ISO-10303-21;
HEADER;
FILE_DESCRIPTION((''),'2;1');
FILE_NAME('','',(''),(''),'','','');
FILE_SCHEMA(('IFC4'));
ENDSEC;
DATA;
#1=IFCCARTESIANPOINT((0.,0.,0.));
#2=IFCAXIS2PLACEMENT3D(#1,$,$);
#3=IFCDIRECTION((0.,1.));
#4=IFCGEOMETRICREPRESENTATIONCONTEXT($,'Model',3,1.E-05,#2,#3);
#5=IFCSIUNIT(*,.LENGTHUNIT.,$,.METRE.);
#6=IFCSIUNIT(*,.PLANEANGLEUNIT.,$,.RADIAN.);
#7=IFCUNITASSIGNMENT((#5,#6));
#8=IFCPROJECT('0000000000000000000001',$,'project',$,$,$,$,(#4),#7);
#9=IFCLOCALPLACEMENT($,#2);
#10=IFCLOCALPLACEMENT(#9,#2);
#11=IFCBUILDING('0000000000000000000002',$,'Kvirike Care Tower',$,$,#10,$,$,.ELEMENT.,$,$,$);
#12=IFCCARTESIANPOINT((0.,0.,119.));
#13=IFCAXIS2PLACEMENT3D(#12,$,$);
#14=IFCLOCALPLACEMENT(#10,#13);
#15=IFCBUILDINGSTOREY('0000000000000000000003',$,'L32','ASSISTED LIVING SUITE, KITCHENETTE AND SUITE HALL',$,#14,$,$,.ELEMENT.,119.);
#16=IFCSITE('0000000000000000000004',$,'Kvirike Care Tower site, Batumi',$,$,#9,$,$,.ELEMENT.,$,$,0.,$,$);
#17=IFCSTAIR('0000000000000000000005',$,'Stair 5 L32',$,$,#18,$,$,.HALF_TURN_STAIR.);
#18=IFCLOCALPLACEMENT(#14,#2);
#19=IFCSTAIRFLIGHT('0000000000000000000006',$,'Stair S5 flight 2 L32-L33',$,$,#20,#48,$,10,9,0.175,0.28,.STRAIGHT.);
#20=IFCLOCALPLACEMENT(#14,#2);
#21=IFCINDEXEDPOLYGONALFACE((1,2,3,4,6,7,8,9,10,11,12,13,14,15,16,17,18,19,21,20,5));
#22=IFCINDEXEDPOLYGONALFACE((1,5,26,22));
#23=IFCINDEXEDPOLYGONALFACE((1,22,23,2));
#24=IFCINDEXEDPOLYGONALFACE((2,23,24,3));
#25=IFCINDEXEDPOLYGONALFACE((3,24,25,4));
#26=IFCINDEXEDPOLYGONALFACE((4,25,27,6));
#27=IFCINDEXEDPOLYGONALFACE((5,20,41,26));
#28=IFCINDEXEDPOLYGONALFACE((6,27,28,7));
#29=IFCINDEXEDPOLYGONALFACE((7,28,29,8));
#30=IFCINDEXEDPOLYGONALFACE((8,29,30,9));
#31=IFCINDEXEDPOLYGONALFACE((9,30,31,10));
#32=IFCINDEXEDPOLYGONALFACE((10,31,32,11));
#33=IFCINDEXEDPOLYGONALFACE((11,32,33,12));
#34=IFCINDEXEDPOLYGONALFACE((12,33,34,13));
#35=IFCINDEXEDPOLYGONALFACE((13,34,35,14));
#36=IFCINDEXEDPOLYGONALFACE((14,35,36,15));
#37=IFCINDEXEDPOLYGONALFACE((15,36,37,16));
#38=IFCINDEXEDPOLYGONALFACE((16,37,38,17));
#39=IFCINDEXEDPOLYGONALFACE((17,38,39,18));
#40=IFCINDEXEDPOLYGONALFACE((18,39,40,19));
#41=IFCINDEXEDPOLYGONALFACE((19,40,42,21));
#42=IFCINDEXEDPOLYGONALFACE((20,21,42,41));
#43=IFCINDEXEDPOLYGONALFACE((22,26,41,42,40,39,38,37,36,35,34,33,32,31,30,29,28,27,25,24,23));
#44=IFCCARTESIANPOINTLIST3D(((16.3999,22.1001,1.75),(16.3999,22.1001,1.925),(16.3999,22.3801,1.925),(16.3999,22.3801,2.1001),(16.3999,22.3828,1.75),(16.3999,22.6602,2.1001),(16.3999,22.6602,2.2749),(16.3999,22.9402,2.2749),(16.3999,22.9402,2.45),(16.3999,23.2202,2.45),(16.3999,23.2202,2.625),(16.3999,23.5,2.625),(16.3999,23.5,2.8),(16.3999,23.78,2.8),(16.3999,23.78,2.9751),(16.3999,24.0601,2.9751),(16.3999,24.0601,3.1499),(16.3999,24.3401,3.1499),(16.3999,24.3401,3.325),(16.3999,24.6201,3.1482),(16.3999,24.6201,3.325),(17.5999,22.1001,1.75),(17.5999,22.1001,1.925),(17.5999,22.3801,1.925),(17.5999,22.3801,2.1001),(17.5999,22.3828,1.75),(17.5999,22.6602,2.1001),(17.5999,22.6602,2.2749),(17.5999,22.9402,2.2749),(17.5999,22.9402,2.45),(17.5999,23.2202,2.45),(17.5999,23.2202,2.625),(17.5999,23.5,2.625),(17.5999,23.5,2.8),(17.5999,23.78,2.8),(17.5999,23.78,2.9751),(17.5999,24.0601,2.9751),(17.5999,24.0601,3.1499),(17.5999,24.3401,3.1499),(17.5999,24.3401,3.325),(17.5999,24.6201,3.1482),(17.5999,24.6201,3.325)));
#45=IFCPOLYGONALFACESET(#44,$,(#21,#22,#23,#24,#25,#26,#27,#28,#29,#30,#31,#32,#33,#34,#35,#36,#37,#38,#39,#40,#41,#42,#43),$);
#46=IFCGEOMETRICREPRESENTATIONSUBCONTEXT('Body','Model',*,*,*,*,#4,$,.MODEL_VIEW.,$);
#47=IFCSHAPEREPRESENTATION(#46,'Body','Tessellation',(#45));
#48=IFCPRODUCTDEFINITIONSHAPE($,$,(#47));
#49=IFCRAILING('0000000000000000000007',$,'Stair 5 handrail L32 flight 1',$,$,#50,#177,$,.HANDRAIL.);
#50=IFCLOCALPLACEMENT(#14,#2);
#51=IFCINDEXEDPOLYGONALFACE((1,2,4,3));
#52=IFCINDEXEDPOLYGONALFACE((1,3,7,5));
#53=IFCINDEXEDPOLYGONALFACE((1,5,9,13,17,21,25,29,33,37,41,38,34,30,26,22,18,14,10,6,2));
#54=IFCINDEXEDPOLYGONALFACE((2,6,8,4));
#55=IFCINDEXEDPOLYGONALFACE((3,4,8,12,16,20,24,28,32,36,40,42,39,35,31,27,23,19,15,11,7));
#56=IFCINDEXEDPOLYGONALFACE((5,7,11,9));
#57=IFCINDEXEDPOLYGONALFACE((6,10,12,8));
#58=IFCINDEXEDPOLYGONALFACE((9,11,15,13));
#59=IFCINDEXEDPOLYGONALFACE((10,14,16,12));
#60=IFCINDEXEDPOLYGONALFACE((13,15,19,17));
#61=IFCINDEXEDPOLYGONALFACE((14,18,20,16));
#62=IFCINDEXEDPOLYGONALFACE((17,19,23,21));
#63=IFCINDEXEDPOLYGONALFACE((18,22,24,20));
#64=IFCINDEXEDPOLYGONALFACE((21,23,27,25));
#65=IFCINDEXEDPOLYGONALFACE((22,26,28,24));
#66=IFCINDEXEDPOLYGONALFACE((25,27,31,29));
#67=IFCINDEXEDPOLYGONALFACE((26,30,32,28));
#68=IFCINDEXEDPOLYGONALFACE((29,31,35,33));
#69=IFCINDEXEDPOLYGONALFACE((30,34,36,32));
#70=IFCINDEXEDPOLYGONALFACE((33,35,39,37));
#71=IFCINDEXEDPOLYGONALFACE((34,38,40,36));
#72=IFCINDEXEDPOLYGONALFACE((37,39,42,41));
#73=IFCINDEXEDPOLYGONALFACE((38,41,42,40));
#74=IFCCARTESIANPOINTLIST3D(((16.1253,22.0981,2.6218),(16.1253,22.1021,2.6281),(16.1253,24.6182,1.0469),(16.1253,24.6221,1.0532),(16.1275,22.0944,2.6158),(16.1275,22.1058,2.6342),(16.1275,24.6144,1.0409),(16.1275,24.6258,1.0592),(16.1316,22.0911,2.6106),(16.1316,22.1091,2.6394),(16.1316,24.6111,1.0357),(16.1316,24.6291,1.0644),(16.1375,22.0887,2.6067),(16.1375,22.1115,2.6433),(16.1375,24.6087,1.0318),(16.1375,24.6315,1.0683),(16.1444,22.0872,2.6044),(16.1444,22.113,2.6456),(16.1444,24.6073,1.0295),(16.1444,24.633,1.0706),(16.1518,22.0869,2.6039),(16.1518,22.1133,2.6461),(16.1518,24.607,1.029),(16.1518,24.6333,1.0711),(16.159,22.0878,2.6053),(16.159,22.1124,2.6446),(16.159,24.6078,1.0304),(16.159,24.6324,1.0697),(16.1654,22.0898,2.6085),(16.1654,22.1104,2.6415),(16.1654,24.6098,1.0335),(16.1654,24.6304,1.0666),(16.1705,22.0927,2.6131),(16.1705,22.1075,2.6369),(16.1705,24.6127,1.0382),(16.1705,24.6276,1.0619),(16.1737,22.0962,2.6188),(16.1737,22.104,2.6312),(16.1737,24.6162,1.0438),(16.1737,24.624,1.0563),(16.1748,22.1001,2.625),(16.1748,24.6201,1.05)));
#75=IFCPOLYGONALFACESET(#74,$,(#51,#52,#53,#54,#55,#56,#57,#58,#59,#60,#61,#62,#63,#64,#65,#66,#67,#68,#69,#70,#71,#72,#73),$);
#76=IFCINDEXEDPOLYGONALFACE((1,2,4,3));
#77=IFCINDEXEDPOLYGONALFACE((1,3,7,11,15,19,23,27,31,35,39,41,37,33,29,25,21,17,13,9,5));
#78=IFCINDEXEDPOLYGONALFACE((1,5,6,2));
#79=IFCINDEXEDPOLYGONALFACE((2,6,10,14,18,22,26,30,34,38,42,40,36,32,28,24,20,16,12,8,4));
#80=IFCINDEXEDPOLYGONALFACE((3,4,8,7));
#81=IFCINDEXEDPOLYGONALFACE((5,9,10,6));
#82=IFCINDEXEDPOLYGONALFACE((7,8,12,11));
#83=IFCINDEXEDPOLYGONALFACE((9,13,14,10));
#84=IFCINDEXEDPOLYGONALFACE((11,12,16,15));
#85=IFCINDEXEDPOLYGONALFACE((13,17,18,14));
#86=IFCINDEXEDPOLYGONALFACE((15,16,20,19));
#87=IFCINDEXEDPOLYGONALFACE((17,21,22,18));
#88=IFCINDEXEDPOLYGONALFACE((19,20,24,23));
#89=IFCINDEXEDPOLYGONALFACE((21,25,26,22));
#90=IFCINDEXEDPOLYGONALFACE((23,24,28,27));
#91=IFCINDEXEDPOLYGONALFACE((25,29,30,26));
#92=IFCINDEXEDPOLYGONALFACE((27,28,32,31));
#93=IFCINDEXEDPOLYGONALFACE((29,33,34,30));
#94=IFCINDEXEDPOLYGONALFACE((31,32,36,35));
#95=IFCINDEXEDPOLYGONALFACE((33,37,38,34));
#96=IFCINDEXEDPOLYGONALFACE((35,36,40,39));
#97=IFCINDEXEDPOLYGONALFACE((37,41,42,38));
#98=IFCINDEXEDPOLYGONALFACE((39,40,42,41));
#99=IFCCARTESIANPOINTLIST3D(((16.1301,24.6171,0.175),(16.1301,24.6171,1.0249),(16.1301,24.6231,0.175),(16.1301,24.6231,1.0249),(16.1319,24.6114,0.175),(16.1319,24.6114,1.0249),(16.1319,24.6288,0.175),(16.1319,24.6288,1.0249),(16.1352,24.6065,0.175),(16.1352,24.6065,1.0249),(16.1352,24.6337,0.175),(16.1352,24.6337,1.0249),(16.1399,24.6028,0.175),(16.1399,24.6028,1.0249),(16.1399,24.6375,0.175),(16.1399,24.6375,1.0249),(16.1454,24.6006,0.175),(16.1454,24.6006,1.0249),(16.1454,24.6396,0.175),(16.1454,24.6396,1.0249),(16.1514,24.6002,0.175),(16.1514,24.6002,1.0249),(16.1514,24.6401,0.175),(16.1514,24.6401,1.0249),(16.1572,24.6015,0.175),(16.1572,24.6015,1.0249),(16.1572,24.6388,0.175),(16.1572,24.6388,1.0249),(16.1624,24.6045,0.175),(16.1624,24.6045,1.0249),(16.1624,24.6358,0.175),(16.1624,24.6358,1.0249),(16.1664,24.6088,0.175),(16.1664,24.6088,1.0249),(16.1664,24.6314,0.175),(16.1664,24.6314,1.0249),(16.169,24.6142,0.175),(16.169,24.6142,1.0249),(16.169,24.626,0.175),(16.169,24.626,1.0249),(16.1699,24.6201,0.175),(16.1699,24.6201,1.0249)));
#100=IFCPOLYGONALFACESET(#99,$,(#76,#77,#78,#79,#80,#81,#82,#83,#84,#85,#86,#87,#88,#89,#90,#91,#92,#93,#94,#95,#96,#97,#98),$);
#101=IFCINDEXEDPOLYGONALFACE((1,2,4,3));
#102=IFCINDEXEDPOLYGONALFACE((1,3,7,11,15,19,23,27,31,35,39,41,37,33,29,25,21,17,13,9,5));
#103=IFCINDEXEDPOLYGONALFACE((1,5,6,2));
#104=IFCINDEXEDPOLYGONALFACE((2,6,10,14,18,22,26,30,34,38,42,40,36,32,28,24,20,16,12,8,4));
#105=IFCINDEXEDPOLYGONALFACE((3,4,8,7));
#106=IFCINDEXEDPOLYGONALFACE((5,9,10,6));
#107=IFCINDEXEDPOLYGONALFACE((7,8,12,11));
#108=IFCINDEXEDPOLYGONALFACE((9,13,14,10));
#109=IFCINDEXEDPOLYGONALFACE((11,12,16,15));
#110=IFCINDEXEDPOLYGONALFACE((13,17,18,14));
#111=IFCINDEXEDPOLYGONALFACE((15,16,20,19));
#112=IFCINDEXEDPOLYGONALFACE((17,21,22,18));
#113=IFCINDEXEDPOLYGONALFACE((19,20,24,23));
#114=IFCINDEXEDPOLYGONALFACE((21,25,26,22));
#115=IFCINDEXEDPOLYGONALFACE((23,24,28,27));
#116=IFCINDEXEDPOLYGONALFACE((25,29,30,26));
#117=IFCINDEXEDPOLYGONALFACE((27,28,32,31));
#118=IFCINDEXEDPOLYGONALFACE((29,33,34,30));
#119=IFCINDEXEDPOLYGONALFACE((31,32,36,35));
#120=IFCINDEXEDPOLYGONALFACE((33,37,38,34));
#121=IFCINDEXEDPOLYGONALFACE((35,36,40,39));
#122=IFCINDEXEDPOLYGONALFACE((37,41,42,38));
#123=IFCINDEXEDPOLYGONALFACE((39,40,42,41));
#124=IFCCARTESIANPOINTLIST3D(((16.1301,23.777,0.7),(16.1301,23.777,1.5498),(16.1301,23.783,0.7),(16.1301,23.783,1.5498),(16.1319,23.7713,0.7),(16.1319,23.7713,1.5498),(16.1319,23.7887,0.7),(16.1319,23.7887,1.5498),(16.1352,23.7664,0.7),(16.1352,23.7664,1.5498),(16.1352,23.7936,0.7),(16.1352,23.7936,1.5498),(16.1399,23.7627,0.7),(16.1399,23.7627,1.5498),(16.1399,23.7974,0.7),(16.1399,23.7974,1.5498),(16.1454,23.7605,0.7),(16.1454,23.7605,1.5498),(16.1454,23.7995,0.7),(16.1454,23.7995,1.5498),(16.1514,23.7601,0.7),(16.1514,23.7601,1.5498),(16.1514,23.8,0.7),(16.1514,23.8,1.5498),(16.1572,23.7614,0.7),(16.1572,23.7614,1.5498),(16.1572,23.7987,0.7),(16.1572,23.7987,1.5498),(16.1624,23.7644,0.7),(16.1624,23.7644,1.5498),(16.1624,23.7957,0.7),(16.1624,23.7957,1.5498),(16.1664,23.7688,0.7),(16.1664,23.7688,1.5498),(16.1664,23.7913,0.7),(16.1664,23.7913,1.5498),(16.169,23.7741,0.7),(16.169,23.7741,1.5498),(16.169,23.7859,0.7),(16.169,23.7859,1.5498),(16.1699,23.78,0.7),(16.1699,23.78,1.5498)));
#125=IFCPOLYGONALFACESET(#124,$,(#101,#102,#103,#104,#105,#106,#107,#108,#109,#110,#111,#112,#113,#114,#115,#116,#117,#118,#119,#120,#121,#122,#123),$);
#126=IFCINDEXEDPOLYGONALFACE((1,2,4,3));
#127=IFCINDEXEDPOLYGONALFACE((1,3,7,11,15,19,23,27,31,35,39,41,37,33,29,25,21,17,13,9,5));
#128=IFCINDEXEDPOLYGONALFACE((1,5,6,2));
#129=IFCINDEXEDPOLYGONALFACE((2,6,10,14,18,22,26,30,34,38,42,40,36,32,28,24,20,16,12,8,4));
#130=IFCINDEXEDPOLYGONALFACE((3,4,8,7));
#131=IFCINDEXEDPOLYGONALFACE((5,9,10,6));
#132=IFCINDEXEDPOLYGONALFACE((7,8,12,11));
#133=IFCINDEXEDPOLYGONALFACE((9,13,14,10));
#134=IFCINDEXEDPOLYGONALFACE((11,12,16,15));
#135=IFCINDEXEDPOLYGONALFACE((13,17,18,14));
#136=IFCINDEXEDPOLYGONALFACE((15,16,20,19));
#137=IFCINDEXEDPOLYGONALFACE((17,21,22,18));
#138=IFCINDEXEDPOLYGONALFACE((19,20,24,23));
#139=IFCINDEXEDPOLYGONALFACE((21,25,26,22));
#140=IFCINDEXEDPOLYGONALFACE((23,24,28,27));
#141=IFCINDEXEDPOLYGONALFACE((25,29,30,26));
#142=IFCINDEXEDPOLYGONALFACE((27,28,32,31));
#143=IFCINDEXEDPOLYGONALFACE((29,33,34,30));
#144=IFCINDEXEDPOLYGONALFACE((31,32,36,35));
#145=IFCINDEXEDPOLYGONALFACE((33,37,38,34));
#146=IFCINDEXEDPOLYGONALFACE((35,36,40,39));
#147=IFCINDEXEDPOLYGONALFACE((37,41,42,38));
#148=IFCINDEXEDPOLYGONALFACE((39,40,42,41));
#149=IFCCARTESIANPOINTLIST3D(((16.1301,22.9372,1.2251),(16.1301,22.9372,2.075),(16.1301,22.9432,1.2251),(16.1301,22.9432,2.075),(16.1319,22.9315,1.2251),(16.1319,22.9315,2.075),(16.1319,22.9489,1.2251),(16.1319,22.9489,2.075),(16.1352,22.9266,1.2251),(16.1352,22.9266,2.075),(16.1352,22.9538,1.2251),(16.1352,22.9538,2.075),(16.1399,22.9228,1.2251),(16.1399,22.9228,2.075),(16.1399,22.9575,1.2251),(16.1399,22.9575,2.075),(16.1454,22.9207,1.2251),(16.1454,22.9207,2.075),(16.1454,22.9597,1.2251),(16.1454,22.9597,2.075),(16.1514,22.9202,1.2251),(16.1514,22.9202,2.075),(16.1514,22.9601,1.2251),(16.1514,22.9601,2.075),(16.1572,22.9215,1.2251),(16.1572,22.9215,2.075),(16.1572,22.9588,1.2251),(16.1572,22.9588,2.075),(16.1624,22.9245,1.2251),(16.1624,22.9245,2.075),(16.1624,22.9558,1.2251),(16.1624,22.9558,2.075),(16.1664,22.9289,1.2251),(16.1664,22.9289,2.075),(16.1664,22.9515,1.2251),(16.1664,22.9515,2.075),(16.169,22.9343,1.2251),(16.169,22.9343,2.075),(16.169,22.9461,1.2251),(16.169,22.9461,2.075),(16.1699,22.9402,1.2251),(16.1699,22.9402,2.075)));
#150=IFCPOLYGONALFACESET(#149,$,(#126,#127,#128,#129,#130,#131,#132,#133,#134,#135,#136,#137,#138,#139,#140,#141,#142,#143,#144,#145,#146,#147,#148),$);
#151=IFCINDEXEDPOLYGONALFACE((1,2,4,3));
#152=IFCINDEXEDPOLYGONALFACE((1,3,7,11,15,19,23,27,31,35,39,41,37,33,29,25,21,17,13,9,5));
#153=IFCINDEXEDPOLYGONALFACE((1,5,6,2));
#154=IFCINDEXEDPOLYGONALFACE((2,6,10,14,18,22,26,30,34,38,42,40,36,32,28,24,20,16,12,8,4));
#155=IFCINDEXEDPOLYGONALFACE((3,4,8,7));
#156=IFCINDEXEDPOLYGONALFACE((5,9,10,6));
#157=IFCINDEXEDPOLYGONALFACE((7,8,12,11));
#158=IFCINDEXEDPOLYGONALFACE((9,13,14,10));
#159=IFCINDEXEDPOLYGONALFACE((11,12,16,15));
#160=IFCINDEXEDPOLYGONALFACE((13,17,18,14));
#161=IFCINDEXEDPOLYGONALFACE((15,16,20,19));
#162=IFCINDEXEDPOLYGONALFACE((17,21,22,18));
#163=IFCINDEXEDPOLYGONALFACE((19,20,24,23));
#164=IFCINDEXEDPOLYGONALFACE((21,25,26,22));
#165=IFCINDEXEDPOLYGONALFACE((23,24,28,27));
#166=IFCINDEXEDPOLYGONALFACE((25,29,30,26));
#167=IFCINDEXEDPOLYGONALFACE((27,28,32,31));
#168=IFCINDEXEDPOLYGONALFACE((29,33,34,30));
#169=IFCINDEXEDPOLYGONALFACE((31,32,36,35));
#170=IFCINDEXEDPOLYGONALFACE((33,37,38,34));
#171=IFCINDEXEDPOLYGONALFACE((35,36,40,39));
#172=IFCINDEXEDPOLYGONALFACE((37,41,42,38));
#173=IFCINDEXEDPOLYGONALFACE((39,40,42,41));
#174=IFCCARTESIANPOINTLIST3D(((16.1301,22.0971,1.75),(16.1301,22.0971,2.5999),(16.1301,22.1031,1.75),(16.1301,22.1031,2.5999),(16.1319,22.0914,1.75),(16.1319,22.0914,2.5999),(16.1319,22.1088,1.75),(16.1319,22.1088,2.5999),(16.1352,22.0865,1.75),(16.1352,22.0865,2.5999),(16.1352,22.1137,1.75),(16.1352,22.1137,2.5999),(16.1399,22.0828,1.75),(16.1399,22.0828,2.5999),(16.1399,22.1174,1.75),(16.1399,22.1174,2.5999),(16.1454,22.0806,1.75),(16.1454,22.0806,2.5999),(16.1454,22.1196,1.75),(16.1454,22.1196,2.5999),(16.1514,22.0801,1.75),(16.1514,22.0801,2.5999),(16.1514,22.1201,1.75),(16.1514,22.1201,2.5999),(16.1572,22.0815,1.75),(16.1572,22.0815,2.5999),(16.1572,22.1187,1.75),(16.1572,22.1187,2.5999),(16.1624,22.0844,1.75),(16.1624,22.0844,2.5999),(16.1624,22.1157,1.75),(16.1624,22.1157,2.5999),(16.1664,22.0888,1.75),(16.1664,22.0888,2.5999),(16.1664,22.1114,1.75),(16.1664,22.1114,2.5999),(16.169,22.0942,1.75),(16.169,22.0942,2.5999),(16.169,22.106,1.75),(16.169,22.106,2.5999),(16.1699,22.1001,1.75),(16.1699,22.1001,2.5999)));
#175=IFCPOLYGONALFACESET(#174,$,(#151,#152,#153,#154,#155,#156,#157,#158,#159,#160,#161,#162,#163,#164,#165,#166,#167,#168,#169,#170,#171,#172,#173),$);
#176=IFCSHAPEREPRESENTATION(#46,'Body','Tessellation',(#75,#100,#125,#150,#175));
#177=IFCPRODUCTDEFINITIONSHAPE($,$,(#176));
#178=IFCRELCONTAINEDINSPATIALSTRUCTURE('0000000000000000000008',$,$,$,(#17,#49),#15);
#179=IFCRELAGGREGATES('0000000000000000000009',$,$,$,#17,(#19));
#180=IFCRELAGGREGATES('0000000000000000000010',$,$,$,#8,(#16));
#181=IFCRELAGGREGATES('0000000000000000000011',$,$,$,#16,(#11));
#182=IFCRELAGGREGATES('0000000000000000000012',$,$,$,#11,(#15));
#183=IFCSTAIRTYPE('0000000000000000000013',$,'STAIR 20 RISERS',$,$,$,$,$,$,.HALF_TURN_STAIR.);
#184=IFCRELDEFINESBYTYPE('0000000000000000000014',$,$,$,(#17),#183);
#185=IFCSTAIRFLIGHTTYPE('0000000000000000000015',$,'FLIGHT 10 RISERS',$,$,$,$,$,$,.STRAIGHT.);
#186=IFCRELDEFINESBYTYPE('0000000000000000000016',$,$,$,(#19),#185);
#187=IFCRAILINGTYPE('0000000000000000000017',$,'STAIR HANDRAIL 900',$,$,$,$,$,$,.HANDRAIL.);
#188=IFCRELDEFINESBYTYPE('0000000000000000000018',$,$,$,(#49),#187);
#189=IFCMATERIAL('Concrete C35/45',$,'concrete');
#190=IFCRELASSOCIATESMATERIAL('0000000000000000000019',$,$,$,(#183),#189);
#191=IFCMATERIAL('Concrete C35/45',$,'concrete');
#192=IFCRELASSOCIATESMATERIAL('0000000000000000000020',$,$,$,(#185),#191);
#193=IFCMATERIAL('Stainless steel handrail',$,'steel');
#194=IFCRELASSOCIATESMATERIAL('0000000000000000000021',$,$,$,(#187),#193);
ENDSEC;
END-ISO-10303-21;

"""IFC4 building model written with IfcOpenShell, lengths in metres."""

from ifc_helpers import new_model, si_unit, direction, frame, origin, origin_2d, place, context, subcontext, project, spatial, polyline, circle, outline, extrude, material, type_object, element, aggregate, save


model = new_model("IFC4")

# Units and contexts
model_context = context("Model", 3, precision=1e-05, world=origin(), true_north=direction((0.0, 1.0)))
body_context = subcontext(model_context, "Body", "Model", "MODEL_VIEW")
ifc_project = project(units=[si_unit("LENGTHUNIT", "METRE"), si_unit("PLANEANGLEUNIT", "RADIAN")], contexts=[model_context])

# Site, building, storey
site_placement = place(None, origin())
site = spatial("IfcSite", under=ifc_project, at=site_placement, Name="Kvirike Care Tower site, Batumi", CompositionType="ELEMENT", RefElevation=0.0)
building_placement = place(site_placement, origin())
building = spatial("IfcBuilding", under=site, at=building_placement, Name="Kvirike Care Tower", CompositionType="ELEMENT")
storey_placement = place(building_placement, frame((0.0, 0.0, 119.0)))
storey = spatial("IfcBuildingStorey", under=building, at=storey_placement, Name="L32", Description="ASSISTED LIVING SUITE, KITCHENETTE AND SUITE HALL", CompositionType="ELEMENT", Elevation=119.0)

# Stair, stair flight
ifc_material_1 = material(Name="Concrete C35/45", Category="concrete")
stair_type = type_object("IfcStairType", Name="STAIR 20 RISERS", PredefinedType="HALF_TURN_STAIR", material=ifc_material_1)
stair_placement = place(storey_placement, origin())
stair = element("IfcStair", 1, at=stair_placement, inside=storey, type_object=stair_type, Name="Stair 5 L32", PredefinedType="HALF_TURN_STAIR")
ifc_material_2 = material(Name="Concrete C35/45", Category="concrete")
stair_flight_type = type_object("IfcStairFlightType", Name="FLIGHT 10 RISERS", PredefinedType="STRAIGHT", material=ifc_material_2)
stair_flight_1_placement = place(storey_placement, frame((17.0, 22.1001, 1.75), z_axis=(0.0, 0.0, 1.0), x_axis=(0.0, 1.0, 0.0)))
stair_flight_1 = element("IfcStairFlight", 2, at=stair_flight_1_placement, type_object=stair_flight_type, Name="Stair S5 flight 2 L32-L33", NumberOfRisers=10, NumberOfTreads=9, PredefinedType="STRAIGHT", RiserHeight=0.175, TreadLength=0.28, context=body_context, shape_type="SweptSolid", body=[
    extrude(outline(polyline([(0.0, 0.0), (0.0, 0.175), (0.28, 0.175), (0.28, 0.3501), (0.5601, 0.3501), (0.5601, 0.5249), (0.8401, 0.5249), (0.8401, 0.7), (1.1201, 0.7), (1.1201, 0.875), (1.3999, 0.875), (1.3999, 1.05), (1.6799, 1.05), (1.6799, 1.2251), (1.96, 1.2251), (1.96, 1.3999), (2.24, 1.3999), (2.24, 1.575), (2.52, 1.575), (2.52, 1.75), (2.52, 1.3982), (0.2827, 0.0), (0.0, 0.0)])), frame((0.0, 0.6001, 0.0), z_axis=(0.0, -1.0, 0.0), x_axis=(1.0, 0.0, 0.0)), (0.0, 0.0, 1.0), 1.2),
])
aggregate(stair, [stair_flight_1])

# Railing
ifc_material_3 = material(Name="Stainless steel handrail", Category="steel")
railing_type = type_object("IfcRailingType", Name="STAIR HANDRAIL 900", PredefinedType="HANDRAIL", material=ifc_material_3)
railing_1_placement = place(storey_placement, frame((16.1499, 24.6201, 0.175)))
element("IfcRailing", 3, at=railing_1_placement, inside=storey, type_object=railing_type, Name="Stair 5 handrail L32 flight 1", PredefinedType="HANDRAIL", context=body_context, shape_type="SweptSolid", body=[
    extrude(circle(Radius=0.0249, at=origin_2d()), frame((0.0, 0.0, 0.875), z_axis=(0.0, -0.848008, 0.529984), x_axis=(1.0, 0.0, 0.0)), (0.0, 0.0, 1.0), 2.9717),
    extrude(circle(Radius=0.02, at=origin_2d()), origin(), (0.0, 0.0, 1.0), 0.8499),
    extrude(circle(Radius=0.02, at=origin_2d()), frame((0.0, -0.8401, 0.5249)), (0.0, 0.0, 1.0), 0.8499),
    extrude(circle(Radius=0.02, at=origin_2d()), frame((0.0, -1.6799, 1.05)), (0.0, 0.0, 1.0), 0.8499),
    extrude(circle(Radius=0.02, at=origin_2d()), frame((0.0, -2.52, 1.575)), (0.0, 0.0, 1.0), 0.8499),
])

save(model, "model.ifc")
